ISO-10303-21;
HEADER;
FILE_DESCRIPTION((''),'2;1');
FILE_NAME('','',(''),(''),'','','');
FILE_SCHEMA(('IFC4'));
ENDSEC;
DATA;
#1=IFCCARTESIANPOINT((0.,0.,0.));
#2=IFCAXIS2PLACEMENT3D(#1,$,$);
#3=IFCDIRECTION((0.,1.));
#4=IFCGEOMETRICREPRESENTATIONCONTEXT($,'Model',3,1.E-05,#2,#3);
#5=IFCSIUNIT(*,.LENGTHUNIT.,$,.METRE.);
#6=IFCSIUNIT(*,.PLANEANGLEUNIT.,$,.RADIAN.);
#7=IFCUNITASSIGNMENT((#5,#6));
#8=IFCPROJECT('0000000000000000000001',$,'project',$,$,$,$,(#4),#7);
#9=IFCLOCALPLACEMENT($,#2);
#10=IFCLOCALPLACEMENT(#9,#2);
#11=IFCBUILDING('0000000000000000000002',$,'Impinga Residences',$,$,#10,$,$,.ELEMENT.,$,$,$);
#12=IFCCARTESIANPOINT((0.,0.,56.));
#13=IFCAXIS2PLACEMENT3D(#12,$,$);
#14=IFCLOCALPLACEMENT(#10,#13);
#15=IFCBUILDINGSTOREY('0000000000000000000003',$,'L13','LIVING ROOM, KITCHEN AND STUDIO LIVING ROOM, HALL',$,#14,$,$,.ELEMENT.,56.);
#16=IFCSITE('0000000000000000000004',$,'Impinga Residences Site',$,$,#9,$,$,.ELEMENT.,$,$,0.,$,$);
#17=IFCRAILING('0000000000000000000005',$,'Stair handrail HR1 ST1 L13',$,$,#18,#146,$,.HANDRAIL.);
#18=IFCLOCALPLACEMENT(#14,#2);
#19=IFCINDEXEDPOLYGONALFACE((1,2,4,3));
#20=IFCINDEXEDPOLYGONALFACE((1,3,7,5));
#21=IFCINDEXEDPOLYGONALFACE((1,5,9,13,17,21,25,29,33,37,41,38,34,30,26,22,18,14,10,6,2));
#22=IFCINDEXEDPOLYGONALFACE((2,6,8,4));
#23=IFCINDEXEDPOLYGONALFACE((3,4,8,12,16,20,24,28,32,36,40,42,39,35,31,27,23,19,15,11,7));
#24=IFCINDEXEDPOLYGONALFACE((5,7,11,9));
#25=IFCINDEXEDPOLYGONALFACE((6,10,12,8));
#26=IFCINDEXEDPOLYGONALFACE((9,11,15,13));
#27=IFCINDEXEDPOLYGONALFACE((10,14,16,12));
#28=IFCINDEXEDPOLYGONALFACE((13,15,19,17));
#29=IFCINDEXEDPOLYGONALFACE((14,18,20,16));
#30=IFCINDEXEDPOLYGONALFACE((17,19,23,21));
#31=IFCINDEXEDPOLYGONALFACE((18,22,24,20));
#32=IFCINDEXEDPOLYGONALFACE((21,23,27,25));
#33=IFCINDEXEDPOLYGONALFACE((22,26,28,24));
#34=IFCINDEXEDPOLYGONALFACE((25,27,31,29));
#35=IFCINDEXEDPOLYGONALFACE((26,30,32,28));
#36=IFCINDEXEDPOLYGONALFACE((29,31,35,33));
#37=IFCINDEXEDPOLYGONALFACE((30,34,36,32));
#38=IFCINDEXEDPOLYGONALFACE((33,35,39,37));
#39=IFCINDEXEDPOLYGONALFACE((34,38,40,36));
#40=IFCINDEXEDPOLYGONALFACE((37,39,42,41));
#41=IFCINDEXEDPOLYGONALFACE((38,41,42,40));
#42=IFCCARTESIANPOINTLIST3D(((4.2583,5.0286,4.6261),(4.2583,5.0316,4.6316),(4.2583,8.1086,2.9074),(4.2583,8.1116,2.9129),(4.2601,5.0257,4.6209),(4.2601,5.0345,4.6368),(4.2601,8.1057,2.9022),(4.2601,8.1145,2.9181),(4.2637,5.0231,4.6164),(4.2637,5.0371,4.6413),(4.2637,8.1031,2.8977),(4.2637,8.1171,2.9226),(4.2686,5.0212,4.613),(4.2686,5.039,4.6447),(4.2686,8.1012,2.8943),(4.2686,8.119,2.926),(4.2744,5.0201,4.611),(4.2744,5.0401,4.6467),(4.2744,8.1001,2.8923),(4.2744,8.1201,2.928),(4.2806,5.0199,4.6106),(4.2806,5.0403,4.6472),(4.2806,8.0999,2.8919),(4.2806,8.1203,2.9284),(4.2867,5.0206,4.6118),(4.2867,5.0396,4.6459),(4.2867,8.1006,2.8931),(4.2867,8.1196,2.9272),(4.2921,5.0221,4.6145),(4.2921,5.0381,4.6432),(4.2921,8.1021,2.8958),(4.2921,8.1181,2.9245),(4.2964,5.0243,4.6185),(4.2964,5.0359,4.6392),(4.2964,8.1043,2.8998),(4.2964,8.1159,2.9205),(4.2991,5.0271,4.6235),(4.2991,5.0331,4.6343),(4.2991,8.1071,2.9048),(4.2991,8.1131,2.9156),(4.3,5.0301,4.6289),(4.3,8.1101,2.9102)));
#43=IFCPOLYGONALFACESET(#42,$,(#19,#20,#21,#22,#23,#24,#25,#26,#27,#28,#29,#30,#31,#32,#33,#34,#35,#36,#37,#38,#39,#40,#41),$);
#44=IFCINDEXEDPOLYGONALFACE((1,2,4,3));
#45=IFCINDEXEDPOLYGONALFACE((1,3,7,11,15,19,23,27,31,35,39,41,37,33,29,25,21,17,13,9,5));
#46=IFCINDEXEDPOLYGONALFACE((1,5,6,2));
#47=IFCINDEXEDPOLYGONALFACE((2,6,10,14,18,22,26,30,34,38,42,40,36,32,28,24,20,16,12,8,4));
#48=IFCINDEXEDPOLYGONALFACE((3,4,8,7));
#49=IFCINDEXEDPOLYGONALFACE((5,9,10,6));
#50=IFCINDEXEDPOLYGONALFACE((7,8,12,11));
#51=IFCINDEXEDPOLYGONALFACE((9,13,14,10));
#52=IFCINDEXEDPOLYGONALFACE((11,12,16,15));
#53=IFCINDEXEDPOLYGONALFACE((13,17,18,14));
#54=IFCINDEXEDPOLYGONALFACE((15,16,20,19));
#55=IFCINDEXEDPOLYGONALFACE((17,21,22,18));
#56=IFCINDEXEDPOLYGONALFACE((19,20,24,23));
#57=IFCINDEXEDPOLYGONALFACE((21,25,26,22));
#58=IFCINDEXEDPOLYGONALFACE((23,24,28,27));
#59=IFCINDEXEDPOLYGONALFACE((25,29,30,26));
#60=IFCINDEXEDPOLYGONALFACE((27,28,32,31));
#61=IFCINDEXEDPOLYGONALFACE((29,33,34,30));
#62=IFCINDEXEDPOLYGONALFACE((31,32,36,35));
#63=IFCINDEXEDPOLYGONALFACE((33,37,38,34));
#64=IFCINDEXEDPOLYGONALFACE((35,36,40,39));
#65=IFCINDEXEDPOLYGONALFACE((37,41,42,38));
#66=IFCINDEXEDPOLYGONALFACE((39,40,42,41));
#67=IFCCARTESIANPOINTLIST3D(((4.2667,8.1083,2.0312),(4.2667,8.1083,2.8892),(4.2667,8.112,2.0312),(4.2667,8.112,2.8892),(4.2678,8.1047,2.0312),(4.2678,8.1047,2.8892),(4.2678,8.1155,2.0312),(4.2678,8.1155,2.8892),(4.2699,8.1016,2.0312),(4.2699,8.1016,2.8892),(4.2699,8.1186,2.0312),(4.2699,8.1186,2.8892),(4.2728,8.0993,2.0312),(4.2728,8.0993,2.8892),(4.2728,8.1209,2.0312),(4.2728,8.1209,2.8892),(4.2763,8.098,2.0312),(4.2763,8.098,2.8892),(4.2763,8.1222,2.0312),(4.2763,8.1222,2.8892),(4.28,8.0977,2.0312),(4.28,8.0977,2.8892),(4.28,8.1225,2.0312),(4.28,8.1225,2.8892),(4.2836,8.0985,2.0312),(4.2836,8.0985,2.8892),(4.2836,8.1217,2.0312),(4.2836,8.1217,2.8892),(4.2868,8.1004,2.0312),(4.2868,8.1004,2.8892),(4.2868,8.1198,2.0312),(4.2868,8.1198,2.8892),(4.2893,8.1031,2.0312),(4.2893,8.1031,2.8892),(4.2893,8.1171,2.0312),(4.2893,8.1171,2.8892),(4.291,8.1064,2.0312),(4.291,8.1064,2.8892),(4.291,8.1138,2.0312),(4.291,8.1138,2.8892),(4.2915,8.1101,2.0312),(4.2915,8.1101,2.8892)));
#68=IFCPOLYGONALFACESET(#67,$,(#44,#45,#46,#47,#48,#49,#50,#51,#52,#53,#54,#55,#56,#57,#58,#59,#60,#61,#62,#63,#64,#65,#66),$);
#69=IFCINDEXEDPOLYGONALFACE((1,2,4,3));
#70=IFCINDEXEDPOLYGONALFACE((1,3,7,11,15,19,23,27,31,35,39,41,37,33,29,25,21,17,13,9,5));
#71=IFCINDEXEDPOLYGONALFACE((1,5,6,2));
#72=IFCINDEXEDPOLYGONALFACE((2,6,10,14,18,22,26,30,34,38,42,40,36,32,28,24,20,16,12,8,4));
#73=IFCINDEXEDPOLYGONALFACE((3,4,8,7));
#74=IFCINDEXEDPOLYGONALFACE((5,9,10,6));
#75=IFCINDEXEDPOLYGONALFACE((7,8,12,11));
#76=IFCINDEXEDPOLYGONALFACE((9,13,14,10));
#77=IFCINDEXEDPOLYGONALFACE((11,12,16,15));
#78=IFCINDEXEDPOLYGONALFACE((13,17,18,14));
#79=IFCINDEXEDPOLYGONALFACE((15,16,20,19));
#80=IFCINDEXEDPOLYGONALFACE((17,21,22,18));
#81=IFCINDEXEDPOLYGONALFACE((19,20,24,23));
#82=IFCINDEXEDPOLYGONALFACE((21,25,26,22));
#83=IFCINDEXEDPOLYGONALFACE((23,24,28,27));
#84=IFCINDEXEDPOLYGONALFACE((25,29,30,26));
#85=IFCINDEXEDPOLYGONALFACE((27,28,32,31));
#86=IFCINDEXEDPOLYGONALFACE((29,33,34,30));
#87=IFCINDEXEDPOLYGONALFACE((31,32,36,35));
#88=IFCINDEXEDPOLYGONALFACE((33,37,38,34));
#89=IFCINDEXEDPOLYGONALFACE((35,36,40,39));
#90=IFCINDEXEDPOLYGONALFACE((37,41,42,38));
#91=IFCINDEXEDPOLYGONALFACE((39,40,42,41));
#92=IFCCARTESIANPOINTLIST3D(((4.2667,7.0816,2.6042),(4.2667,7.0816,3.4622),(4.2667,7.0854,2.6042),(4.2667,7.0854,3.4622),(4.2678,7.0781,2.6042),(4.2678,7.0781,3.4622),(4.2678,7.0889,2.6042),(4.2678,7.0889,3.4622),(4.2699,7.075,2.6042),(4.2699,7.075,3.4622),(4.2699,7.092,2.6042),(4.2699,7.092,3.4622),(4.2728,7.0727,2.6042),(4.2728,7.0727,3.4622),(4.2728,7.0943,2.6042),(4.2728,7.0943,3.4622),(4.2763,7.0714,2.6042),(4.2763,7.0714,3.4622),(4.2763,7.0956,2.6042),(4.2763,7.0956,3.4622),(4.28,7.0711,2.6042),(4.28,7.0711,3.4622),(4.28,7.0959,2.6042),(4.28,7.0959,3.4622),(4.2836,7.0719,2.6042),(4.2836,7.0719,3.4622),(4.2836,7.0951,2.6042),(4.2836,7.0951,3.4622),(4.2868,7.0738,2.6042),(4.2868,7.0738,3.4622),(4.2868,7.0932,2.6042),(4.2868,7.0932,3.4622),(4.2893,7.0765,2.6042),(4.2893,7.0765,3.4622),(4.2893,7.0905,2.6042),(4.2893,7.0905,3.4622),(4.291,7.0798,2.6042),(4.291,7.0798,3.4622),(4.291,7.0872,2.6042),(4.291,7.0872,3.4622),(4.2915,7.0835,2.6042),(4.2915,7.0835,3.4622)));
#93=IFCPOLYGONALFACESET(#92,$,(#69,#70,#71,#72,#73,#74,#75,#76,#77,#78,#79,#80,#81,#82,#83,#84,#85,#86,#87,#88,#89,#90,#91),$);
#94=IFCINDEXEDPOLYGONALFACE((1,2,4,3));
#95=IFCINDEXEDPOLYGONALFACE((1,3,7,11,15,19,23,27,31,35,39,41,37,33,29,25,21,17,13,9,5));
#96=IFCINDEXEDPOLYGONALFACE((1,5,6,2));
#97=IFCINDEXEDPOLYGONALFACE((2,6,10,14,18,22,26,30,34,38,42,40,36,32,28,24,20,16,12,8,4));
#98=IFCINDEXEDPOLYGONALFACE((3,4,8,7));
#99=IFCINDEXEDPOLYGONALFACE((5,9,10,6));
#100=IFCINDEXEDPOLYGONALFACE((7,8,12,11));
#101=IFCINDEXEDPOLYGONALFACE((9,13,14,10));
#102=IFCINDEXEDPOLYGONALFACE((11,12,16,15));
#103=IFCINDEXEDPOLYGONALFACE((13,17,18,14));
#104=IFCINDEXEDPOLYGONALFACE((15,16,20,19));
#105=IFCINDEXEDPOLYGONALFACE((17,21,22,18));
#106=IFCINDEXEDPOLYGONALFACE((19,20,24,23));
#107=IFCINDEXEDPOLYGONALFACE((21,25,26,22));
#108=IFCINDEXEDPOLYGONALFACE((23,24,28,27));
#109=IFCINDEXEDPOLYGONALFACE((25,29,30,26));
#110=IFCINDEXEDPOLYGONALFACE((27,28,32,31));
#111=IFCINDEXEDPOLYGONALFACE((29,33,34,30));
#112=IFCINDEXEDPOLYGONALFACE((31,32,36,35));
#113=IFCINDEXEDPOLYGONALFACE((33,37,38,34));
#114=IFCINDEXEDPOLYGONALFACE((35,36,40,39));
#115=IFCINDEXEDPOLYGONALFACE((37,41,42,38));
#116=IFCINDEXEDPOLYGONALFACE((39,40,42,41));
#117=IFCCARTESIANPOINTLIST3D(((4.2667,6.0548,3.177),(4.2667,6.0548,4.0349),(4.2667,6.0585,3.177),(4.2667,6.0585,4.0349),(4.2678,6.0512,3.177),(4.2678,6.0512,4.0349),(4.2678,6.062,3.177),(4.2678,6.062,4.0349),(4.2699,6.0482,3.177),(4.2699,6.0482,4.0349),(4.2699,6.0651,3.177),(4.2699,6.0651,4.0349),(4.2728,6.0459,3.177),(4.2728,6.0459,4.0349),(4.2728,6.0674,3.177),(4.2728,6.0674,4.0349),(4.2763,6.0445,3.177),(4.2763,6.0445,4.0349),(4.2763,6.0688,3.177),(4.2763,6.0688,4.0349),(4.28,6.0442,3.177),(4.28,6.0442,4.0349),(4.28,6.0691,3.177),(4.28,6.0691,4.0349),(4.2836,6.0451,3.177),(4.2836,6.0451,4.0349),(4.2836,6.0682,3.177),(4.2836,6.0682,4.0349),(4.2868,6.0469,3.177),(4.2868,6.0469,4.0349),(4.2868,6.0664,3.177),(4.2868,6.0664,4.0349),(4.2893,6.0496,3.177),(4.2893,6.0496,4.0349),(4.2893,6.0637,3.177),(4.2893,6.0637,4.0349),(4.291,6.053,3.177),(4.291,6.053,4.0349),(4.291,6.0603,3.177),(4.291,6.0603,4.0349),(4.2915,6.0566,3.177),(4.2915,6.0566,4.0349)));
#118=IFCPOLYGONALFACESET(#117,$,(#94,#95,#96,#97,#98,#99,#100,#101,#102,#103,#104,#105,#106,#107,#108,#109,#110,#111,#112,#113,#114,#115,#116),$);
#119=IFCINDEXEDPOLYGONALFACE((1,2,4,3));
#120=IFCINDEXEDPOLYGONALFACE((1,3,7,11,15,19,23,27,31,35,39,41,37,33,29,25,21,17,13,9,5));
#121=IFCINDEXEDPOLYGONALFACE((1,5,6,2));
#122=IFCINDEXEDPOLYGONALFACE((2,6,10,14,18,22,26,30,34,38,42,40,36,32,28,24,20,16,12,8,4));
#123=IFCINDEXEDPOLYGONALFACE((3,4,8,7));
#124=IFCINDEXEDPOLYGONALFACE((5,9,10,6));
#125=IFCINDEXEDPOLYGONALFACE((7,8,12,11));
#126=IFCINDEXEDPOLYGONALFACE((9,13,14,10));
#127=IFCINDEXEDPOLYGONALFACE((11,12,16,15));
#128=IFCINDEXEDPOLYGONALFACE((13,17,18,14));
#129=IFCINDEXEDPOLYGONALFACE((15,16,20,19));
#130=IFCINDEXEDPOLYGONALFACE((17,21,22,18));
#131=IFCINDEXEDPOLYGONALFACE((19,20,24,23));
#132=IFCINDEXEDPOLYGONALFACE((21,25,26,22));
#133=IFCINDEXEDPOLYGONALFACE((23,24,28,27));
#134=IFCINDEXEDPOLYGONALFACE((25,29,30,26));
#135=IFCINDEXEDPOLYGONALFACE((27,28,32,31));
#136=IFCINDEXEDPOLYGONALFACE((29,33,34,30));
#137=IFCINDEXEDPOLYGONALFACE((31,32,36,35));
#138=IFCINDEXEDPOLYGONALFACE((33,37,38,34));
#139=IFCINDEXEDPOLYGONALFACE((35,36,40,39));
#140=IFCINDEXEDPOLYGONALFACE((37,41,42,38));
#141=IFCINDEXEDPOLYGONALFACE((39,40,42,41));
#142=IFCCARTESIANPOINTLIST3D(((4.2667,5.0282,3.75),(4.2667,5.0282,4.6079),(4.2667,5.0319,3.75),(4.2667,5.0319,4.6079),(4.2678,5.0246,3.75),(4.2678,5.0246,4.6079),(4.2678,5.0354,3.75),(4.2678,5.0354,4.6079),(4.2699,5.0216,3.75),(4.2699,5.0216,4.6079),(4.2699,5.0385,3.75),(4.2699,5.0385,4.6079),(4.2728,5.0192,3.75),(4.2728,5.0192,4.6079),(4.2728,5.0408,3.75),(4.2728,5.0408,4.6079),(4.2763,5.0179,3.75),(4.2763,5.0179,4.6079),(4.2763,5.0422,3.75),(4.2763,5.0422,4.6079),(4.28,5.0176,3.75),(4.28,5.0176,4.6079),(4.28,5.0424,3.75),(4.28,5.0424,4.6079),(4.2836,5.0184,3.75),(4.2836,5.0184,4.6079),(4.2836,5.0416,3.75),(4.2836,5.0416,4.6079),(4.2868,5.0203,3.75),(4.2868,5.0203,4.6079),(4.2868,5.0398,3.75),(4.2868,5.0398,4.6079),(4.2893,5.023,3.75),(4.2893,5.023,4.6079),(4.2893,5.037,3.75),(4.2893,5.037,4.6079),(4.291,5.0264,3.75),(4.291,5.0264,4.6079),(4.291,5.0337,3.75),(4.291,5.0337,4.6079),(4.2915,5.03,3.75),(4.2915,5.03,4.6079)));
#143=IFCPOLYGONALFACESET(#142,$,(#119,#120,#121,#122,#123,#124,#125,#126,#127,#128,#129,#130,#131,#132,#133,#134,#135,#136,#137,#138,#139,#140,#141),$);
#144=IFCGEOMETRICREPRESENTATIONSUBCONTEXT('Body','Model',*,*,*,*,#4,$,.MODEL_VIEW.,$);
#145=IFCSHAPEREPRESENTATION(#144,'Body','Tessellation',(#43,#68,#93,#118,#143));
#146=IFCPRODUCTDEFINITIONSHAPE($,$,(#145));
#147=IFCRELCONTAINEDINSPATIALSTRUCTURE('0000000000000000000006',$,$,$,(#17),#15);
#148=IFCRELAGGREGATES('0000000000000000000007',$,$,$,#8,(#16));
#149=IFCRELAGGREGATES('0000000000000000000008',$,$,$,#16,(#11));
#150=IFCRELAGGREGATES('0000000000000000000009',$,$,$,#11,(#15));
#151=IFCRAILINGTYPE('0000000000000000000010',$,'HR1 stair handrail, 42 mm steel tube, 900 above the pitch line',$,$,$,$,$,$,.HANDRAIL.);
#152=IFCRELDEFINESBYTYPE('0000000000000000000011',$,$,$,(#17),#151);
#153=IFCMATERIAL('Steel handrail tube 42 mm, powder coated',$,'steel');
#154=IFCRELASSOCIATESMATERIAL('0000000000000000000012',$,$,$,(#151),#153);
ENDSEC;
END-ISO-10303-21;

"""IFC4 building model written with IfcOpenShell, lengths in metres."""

from ifc_helpers import new_model, si_unit, direction, frame, origin, origin_2d, place, context, subcontext, project, spatial, circle, extrude, material, type_object, element, save


model = new_model("IFC4")

# Units and contexts
model_context = context("Model", 3, precision=1e-05, world=origin(), true_north=direction((0.0, 1.0)))
body_context = subcontext(model_context, "Body", "Model", "MODEL_VIEW")
ifc_project = project(units=[si_unit("LENGTHUNIT", "METRE"), si_unit("PLANEANGLEUNIT", "RADIAN")], contexts=[model_context])

# Site, building, storey
site_placement = place(None, origin())
site = spatial("IfcSite", under=ifc_project, at=site_placement, Name="Impinga Residences Site", CompositionType="ELEMENT", RefElevation=0.0)
building_placement = place(site_placement, origin())
building = spatial("IfcBuilding", under=site, at=building_placement, Name="Impinga Residences", CompositionType="ELEMENT")
storey_placement = place(building_placement, frame((0.0, 0.0, 56.0)))
storey = spatial("IfcBuildingStorey", under=building, at=storey_placement, Name="L13", Description="LIVING ROOM, KITCHEN AND STUDIO LIVING ROOM, HALL", CompositionType="ELEMENT", Elevation=56.0)

# Railing
ifc_material_1 = material(Name="Steel handrail tube 42 mm, powder coated", Category="steel")
railing_type_1 = type_object("IfcRailingType", Name="HR1 stair handrail, 42 mm steel tube, 900 above the pitch line", PredefinedType="HANDRAIL", material=ifc_material_1)
railing_1_placement = place(storey_placement, frame((4.2791, 8.1101, 2.0312)))
element("IfcRailing", 1, at=railing_1_placement, inside=storey, type_object=railing_type_1, Name="Stair handrail HR1 ST1 L13", PredefinedType="HANDRAIL", context=body_context, shape_type="SweptSolid", body=[
    extrude(circle(Radius=0.021, at=origin_2d()), frame((0.0, 0.0, 0.8789), z_axis=(0.0, -0.873242, 0.487288), x_axis=(1.0, 0.0, 0.0)), (0.0, 0.0, 1.0), 3.5271),
    extrude(circle(Radius=0.0125, at=origin_2d()), origin(), (0.0, 0.0, 1.0), 0.8579),
    extrude(circle(Radius=0.0125, at=origin_2d()), frame((0.0, -1.0266, 0.573)), (0.0, 0.0, 1.0), 0.8579),
    extrude(circle(Radius=0.0125, at=origin_2d()), frame((0.0, -2.0535, 1.1458)), (0.0, 0.0, 1.0), 0.8579),
    extrude(circle(Radius=0.0125, at=origin_2d()), frame((0.0, -3.0801, 1.7188)), (0.0, 0.0, 1.0), 0.8579),
])

save(model, "model.ifc")
